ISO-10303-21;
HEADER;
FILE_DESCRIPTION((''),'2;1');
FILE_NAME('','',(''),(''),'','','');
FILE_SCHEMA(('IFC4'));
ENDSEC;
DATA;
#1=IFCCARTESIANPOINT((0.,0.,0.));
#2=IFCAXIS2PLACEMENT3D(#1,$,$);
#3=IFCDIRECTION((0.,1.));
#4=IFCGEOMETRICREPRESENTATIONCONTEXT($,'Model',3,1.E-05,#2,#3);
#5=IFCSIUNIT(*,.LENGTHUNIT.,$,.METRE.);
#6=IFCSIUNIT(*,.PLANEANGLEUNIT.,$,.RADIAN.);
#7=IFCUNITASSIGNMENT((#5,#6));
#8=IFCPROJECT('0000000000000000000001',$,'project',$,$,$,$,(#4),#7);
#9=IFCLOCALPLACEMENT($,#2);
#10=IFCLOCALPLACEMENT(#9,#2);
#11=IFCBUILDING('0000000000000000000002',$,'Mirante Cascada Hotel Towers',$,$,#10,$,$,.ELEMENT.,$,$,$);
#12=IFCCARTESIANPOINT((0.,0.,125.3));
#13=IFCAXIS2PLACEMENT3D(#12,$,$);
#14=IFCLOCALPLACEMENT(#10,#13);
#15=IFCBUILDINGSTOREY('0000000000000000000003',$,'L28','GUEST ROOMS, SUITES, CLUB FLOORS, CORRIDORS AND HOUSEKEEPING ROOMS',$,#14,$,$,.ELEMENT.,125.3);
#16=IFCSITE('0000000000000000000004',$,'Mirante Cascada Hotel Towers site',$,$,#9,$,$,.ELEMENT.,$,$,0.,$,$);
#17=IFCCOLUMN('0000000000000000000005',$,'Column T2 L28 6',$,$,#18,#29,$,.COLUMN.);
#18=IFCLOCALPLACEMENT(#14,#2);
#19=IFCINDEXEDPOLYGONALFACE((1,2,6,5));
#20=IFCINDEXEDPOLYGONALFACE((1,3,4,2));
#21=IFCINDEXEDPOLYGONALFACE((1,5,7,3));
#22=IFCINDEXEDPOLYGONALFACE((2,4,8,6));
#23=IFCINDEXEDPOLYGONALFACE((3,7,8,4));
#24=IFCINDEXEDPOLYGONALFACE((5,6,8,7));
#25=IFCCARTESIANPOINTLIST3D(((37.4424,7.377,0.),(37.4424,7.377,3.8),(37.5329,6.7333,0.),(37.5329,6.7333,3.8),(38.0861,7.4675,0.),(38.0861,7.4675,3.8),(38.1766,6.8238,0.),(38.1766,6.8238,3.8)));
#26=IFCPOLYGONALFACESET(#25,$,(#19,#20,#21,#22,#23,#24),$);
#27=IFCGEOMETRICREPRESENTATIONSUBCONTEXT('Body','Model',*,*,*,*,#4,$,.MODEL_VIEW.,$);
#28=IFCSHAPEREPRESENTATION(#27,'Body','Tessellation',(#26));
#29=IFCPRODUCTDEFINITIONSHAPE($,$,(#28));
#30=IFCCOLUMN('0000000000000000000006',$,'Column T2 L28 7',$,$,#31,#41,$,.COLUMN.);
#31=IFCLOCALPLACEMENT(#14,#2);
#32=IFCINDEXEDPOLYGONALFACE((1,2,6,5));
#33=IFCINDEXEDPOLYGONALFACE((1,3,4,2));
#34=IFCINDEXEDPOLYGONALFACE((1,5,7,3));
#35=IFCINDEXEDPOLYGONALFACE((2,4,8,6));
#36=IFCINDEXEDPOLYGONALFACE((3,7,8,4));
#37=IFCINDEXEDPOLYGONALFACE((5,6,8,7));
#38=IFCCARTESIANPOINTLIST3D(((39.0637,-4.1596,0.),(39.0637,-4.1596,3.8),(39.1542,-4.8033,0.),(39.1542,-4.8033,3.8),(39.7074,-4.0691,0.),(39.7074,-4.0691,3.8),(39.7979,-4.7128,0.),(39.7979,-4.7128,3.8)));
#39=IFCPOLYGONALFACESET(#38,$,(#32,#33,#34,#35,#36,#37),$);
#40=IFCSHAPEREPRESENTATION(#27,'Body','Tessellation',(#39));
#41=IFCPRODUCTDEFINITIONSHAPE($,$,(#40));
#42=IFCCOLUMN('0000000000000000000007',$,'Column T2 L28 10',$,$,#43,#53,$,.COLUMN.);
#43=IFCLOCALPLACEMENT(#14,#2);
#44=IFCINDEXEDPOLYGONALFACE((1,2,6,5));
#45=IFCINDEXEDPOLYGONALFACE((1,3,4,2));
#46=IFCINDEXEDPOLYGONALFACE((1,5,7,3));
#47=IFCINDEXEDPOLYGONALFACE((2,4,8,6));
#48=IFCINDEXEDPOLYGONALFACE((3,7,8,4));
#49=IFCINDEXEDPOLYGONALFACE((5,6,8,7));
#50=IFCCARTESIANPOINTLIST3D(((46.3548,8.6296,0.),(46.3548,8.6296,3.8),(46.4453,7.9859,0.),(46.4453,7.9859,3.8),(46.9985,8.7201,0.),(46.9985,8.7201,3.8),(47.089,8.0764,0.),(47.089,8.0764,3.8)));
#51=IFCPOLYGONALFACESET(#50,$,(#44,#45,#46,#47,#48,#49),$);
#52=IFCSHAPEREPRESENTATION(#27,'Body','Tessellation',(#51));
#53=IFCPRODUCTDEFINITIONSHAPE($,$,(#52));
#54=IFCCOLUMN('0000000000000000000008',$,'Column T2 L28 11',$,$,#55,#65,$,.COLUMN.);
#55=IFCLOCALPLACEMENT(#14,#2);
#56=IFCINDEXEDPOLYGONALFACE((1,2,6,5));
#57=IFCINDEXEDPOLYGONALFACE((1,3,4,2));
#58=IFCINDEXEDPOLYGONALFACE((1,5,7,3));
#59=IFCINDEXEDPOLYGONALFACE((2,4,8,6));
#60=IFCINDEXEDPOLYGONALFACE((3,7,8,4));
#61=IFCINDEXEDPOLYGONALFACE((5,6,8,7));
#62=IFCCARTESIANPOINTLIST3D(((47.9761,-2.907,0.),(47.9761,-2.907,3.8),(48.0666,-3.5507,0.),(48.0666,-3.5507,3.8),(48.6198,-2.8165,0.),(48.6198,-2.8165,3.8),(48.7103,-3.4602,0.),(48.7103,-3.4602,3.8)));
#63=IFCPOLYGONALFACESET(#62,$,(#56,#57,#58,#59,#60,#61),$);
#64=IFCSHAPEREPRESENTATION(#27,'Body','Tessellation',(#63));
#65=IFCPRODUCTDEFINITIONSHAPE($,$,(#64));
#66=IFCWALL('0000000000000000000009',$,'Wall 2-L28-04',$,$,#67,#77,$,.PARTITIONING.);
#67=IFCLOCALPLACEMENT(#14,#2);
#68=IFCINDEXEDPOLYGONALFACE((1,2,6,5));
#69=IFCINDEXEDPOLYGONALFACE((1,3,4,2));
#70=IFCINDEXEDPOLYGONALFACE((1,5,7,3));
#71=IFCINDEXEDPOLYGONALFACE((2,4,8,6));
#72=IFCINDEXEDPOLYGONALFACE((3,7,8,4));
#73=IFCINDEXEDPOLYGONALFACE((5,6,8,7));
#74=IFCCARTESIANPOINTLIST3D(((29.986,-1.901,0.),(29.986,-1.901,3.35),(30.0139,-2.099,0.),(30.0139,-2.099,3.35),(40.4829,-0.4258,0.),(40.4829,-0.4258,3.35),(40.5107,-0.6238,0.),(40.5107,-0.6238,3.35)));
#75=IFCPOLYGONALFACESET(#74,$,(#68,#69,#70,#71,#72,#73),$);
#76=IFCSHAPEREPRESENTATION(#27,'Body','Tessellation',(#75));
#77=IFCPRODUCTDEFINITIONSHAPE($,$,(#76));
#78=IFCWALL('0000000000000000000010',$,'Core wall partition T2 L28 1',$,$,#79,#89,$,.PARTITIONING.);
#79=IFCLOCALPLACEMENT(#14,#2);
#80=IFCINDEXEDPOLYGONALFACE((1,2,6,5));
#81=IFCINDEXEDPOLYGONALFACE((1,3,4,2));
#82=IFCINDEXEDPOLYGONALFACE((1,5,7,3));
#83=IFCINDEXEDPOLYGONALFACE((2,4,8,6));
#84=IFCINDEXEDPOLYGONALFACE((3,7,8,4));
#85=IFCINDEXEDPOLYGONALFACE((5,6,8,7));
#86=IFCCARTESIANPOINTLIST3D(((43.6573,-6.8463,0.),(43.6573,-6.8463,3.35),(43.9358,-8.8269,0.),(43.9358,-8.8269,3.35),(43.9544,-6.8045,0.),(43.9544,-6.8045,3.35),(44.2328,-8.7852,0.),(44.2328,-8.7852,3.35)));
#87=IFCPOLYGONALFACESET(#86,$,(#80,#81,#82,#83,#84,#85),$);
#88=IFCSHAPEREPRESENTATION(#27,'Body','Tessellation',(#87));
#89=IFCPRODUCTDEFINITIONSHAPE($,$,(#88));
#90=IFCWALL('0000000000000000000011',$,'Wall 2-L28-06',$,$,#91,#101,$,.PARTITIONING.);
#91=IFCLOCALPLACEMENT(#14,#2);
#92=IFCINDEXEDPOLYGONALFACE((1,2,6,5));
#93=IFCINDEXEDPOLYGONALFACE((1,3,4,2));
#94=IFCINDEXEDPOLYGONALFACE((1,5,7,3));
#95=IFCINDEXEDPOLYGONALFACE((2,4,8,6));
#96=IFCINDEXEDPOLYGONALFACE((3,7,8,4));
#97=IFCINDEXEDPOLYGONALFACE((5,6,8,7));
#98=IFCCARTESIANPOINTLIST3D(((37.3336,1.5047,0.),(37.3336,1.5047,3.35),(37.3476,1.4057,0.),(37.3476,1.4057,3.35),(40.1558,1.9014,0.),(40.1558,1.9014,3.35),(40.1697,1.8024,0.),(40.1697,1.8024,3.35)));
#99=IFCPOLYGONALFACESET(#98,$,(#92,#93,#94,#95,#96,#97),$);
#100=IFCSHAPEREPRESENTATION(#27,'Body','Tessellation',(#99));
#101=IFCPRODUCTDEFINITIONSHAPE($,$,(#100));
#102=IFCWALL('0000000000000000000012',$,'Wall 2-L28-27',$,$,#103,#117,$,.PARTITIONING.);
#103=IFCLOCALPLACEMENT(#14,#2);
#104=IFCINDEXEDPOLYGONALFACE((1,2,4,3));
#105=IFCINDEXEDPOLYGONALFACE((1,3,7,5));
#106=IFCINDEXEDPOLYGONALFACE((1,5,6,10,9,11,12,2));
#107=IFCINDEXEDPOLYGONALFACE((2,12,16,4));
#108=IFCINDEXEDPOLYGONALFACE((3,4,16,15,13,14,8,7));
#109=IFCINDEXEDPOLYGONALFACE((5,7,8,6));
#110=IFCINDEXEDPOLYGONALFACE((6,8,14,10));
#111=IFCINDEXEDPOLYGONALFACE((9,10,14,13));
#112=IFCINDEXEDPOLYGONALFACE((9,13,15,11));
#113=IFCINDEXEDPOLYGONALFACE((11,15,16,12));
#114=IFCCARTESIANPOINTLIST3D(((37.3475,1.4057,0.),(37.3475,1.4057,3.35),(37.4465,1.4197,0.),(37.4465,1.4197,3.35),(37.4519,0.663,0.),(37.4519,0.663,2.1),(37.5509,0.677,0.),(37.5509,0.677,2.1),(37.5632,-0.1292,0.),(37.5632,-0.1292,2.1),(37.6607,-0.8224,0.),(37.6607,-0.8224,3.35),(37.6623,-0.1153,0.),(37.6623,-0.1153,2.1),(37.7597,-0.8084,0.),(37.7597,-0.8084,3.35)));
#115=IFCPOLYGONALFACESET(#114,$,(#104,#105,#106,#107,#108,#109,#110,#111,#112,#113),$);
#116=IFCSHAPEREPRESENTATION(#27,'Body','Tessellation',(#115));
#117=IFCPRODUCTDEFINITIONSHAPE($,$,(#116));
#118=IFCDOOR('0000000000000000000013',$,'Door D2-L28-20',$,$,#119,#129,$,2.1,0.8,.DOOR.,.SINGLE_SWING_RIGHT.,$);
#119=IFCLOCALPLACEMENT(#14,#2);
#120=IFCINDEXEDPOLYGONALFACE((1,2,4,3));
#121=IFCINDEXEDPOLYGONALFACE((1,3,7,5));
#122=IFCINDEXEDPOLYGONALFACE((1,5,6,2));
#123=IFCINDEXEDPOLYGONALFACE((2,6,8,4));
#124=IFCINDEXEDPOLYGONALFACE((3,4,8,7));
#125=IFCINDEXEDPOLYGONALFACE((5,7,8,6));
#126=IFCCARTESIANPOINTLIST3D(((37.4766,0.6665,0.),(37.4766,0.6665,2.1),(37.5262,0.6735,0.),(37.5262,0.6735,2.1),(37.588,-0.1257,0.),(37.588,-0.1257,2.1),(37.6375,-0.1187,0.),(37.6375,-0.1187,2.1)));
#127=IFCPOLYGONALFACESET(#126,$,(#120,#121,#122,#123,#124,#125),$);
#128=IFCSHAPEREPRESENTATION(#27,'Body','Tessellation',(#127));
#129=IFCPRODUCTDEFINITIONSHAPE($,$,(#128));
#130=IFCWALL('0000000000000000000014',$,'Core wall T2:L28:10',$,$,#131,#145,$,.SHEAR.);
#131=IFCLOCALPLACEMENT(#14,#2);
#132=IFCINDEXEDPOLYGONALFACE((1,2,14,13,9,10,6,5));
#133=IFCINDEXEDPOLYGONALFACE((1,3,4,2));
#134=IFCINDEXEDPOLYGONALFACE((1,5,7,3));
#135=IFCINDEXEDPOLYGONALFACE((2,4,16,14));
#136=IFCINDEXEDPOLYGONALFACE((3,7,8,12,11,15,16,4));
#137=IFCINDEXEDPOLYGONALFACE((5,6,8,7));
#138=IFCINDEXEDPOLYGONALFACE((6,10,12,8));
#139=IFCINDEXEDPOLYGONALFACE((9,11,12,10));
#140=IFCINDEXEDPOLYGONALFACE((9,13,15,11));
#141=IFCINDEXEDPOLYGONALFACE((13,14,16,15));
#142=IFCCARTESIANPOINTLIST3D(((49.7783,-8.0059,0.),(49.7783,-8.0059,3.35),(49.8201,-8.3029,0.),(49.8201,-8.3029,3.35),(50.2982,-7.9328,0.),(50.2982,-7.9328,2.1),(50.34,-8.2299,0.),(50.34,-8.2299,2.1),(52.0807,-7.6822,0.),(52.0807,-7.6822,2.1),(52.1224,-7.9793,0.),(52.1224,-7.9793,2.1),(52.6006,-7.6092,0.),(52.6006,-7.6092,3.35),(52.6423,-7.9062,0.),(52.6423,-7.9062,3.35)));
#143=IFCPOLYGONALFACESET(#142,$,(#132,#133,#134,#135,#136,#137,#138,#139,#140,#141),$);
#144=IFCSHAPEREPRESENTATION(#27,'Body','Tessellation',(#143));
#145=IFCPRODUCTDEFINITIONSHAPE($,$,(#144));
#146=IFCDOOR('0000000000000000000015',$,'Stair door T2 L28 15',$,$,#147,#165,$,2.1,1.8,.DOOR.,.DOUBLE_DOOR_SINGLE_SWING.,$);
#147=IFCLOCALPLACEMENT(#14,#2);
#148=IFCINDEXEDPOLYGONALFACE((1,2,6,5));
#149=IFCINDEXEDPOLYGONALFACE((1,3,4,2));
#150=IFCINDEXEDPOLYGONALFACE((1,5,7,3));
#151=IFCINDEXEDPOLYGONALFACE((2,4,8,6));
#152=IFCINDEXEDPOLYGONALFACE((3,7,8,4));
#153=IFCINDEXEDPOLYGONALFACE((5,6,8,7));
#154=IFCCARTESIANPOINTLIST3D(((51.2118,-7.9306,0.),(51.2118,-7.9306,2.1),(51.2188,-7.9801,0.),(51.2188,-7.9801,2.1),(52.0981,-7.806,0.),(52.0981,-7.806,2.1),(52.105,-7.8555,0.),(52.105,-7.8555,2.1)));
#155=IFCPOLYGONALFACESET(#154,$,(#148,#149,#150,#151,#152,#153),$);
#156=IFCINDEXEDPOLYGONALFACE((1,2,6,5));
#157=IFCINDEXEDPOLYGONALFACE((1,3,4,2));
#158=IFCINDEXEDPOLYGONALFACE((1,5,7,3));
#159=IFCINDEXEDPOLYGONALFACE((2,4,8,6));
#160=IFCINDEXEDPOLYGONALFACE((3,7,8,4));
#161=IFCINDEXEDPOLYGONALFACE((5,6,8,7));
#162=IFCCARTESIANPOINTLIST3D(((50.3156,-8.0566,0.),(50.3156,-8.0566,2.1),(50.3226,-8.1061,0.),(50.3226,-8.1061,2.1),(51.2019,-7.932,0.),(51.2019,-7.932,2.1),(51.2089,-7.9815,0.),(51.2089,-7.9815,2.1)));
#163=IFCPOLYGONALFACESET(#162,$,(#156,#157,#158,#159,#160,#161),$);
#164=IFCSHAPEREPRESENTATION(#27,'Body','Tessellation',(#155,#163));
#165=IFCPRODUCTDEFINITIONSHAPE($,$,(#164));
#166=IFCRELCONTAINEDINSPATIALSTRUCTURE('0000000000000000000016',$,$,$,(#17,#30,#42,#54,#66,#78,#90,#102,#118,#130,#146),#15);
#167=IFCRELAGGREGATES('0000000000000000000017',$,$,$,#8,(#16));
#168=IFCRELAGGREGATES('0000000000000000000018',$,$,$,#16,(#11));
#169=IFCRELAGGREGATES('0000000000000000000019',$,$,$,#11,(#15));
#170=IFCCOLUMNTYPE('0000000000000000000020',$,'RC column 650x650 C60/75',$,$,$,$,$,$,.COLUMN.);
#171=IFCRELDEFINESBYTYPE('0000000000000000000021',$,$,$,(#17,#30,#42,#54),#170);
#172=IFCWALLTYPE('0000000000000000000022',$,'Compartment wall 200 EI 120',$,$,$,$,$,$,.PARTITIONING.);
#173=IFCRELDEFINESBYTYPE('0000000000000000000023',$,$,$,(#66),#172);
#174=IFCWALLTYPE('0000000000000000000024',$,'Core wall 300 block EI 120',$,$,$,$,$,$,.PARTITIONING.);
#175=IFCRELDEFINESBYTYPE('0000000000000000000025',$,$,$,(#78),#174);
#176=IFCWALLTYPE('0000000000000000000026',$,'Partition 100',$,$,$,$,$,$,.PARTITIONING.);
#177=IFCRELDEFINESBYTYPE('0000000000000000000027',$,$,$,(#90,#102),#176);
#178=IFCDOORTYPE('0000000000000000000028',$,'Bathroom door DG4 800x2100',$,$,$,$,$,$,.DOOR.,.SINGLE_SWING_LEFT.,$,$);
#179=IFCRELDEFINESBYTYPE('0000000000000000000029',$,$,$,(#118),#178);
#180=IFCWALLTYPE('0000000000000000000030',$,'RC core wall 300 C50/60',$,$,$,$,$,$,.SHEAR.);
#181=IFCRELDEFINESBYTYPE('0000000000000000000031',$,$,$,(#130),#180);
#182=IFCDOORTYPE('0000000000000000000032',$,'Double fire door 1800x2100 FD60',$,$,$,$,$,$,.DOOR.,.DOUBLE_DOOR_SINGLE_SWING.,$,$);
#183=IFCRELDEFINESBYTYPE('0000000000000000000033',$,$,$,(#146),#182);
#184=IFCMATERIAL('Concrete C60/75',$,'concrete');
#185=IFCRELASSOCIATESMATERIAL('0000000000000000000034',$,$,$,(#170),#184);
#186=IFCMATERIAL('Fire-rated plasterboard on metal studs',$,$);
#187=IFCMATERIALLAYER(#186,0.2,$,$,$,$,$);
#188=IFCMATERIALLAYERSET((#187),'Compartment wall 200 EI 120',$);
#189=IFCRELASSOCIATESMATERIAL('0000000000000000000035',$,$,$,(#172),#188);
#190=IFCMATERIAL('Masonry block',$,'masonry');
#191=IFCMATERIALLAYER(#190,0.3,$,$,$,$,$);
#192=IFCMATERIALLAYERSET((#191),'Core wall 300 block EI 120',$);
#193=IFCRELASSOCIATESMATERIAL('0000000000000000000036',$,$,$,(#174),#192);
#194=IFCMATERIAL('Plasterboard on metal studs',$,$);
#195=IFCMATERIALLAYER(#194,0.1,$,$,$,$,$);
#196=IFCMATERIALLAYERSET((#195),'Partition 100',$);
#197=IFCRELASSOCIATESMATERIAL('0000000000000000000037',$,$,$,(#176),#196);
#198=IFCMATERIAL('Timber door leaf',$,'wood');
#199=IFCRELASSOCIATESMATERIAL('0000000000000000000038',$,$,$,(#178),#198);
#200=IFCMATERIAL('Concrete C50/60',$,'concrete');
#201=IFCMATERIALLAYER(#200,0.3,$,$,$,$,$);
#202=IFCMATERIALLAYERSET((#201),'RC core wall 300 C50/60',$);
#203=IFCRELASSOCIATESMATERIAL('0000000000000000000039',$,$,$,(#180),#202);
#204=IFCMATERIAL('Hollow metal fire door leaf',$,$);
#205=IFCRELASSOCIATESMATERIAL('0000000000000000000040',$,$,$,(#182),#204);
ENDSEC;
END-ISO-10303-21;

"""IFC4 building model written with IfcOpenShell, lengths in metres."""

from ifc_helpers import new_model, si_unit, direction, frame, frame_2d, origin, origin_2d, place, context, subcontext, project, spatial, rectangle, extrude, material, layer, layer_set, material_profile, profile_set, type_object, element, fill, save


model = new_model("IFC4")

# Units and contexts
model_context = context("Model", 3, precision=1e-05, world=origin(), true_north=direction((0.0, 1.0)))
body_context = subcontext(model_context, "Body", "Model", "MODEL_VIEW")
ifc_project = project(units=[si_unit("LENGTHUNIT", "METRE"), si_unit("PLANEANGLEUNIT", "RADIAN")], contexts=[model_context])

# Site, building, storey
site_placement = place(None, origin())
site = spatial("IfcSite", under=ifc_project, at=site_placement, Name="Mirante Cascada Hotel Towers site", CompositionType="ELEMENT", RefElevation=0.0)
building_placement = place(site_placement, origin())
building = spatial("IfcBuilding", under=site, at=building_placement, Name="Mirante Cascada Hotel Towers", CompositionType="ELEMENT")
storey_placement = place(building_placement, frame((0.0, 0.0, 125.3)))
storey = spatial("IfcBuildingStorey", under=building, at=storey_placement, Name="L28", Description="GUEST ROOMS, SUITES, CLUB FLOORS, CORRIDORS AND HOUSEKEEPING ROOMS", CompositionType="ELEMENT", Elevation=125.3)

# Columns
ifc_material_1 = material(Name="Concrete C60/75", Category="concrete")
ifc_material_profile = material_profile(ifc_material_1, rectangle(XDim=0.65, YDim=0.65, at=origin_2d()), Name="RC column 650x650 C60/75")
ifc_profile_set = profile_set([ifc_material_profile], Name="Concrete C60/75")
column_type = type_object("IfcColumnType", Name="RC column 650x650 C60/75", PredefinedType="COLUMN", material=ifc_profile_set)
for number, where, z_axis, x_axis, name in (
    (1, (37.8095, 7.1004, 0.0), (0.0, 0.0, 1.0), (0.990268, 0.139173, 0.0), "Column T2 L28 6"),
    (2, (39.4308, -4.4362, 0.0), (0.0, 0.0, 1.0), (0.990268, 0.139173, 0.0), "Column T2 L28 7"),
    (3, (46.7219, 8.353, 0.0), (0.0, 0.0, 1.0), (0.990268, 0.139173, 0.0), "Column T2 L28 10"),
    (4, (48.3432, -3.1836, 0.0), (0.0, 0.0, 1.0), (0.990268, 0.139173, 0.0), "Column T2 L28 11"),
):
    element("IfcColumn", number, at=place(storey_placement, frame(where, z_axis=z_axis, x_axis=x_axis)), inside=storey, type_object=column_type, Name=name, PredefinedType="COLUMN", context=body_context, shape_type="SweptSolid", body=[
        extrude(rectangle(XDim=0.65, YDim=0.65, at=origin_2d()), origin(), (0.0, 0.0, 1.0), 3.8),
    ])

# Walls
ifc_material_2 = material(Name="Fire-rated plasterboard on metal studs")
ifc_layer_1 = layer(ifc_material_2, 0.2)
ifc_layer_set_1 = layer_set([ifc_layer_1], Name="Compartment wall 200 EI 120")
wall_type_1 = type_object("IfcWallType", Name="Compartment wall 200 EI 120", PredefinedType="PARTITIONING", material=ifc_layer_set_1)
wall_1_placement = place(storey_placement, frame((40.4968, -0.5248, 0.0), z_axis=(0.0, 0.0, 1.0), x_axis=(-0.990268, -0.13917, 0.0)))
element("IfcWall", 5, at=wall_1_placement, inside=storey, type_object=wall_type_1, Name="Wall 2-L28-04", PredefinedType="PARTITIONING", context=body_context, shape_type="SweptSolid", body=[
    extrude(rectangle(XDim=10.6, YDim=0.2, at=frame_2d((5.3, 0.0))), origin(), (0.0, 0.0, 1.0), 3.35),
])
ifc_material_3 = material(Name="Masonry block", Category="masonry")
ifc_layer_2 = layer(ifc_material_3, 0.3)
ifc_layer_set_2 = layer_set([ifc_layer_2], Name="Core wall 300 block EI 120")
wall_type_2 = type_object("IfcWallType", Name="Core wall 300 block EI 120", PredefinedType="PARTITIONING", material=ifc_layer_set_2)
wall_2_placement = place(storey_placement, frame((44.0843, -8.8061, 0.0), z_axis=(0.0, 0.0, 1.0), x_axis=(-0.139195, 0.990265, 0.0)))
element("IfcWall", 6, at=wall_2_placement, inside=storey, type_object=wall_type_2, Name="Core wall partition T2 L28 1", PredefinedType="PARTITIONING", context=body_context, shape_type="SweptSolid", body=[
    extrude(rectangle(XDim=2.0001, YDim=0.3, at=frame_2d((1.0001, 0.0))), origin(), (0.0, 0.0, 1.0), 3.35),
])
ifc_material_4 = material(Name="Plasterboard on metal studs")
ifc_layer_3 = layer(ifc_material_4, 0.1)
ifc_layer_set_3 = layer_set([ifc_layer_3], Name="Partition 100")
wall_type_3 = type_object("IfcWallType", Name="Partition 100", PredefinedType="PARTITIONING", material=ifc_layer_set_3)
wall_3_placement = place(storey_placement, frame((40.1628, 1.8519, 0.0), z_axis=(0.0, 0.0, 1.0), x_axis=(-0.990265, -0.139196, 0.0)))
element("IfcWall", 7, at=wall_3_placement, inside=storey, type_object=wall_type_3, Name="Wall 2-L28-06", PredefinedType="PARTITIONING", context=body_context, shape_type="SweptSolid", body=[
    extrude(rectangle(XDim=2.8499, YDim=0.1, at=frame_2d((1.425, 0.0))), origin(), (0.0, 0.0, 1.0), 3.35),
])

# Walls, openings, doors
wall_4_placement = place(storey_placement, frame((37.7102, -0.8154, 0.0), z_axis=(0.0, 0.0, 1.0), x_axis=(-0.1392, 0.990264, 0.0)))
wall_4 = element("IfcWall", 8, at=wall_4_placement, inside=storey, type_object=wall_type_3, Name="Wall 2-L28-27", PredefinedType="PARTITIONING", context=body_context, shape_type="SweptSolid", body=[
    extrude(rectangle(XDim=2.25, YDim=0.1, at=frame_2d((1.125, 0.0))), origin(), (0.0, 0.0, 1.0), 3.35),
])
opening_1_placement = place(wall_4_placement, frame((0.7, 0.0, 0.0)))
opening_1 = element("IfcOpeningElement", 9, at=opening_1_placement, cuts=wall_4, PredefinedType="OPENING", context=body_context, shape_type="SweptSolid", body=[
    extrude(rectangle(XDim=0.8, YDim=2.1, at=frame_2d((0.4, 1.05))), frame((0.0, 0.05, 0.0), z_axis=(0.0, -1.0, 0.0), x_axis=(1.0, 0.0, 0.0)), (0.0, 0.0, 1.0), 0.1),
])
ifc_material_5 = material(Name="Timber door leaf", Category="wood")
door_type_1 = type_object("IfcDoorType", Name="Bathroom door DG4 800x2100", OperationType="SINGLE_SWING_LEFT", PredefinedType="DOOR", material=ifc_material_5)
door_1_placement = place(opening_1_placement, frame((0.8, 0.0, 0.0), z_axis=(0.0, 0.0, 1.0), x_axis=(-1.0, 0.0, 0.0)))
door_1 = element("IfcDoor", 10, at=door_1_placement, inside=storey, type_object=door_type_1, Name="Door D2-L28-20", OperationType="SINGLE_SWING_RIGHT", OverallHeight=2.1, OverallWidth=0.8, PredefinedType="DOOR", context=body_context, shape_type="SweptSolid", body=[
    extrude(rectangle(XDim=0.8, YDim=2.1, at=frame_2d((0.4, 1.05))), frame((0.0, 0.025, 0.0), z_axis=(0.0, -1.0, 0.0), x_axis=(1.0, 0.0, 0.0)), (0.0, 0.0, 1.0), 0.05),
])
fill(opening_1, door_1)
ifc_material_6 = material(Name="Concrete C50/60", Category="concrete")
ifc_layer_4 = layer(ifc_material_6, 0.3)
ifc_layer_set_4 = layer_set([ifc_layer_4], Name="RC core wall 300 C50/60")
wall_type_4 = type_object("IfcWallType", Name="RC core wall 300 C50/60", PredefinedType="SHEAR", material=ifc_layer_set_4)
wall_5_placement = place(storey_placement, frame((49.7992, -8.1544, 0.0), z_axis=(0.0, 0.0, 1.0), x_axis=(0.990266, 0.139191, 0.0)))
wall_5 = element("IfcWall", 11, at=wall_5_placement, inside=storey, type_object=wall_type_4, Name="Core wall T2:L28:10", PredefinedType="SHEAR", context=body_context, shape_type="SweptSolid", body=[
    extrude(rectangle(XDim=2.85, YDim=0.3, at=frame_2d((1.425, 0.0))), origin(), (0.0, 0.0, 1.0), 3.35),
])
opening_2_placement = place(wall_5_placement, frame((0.525, 0.0, 0.0)))
opening_2 = element("IfcOpeningElement", 12, at=opening_2_placement, cuts=wall_5, PredefinedType="OPENING", context=body_context, shape_type="SweptSolid", body=[
    extrude(rectangle(XDim=1.8, YDim=2.1, at=frame_2d((0.9, 1.05))), frame((0.0, 0.15, 0.0), z_axis=(0.0, -1.0, 0.0), x_axis=(1.0, 0.0, 0.0)), (0.0, 0.0, 1.0), 0.3),
])
ifc_material_7 = material(Name="Hollow metal fire door leaf")
door_type_2 = type_object("IfcDoorType", Name="Double fire door 1800x2100 FD60", OperationType="DOUBLE_DOOR_SINGLE_SWING", PredefinedType="DOOR", material=ifc_material_7)
door_2_placement = place(opening_2_placement, frame((1.8, 0.0, 0.0), z_axis=(0.0, 0.0, 1.0), x_axis=(-1.0, 0.0, 0.0)))
door_2 = element("IfcDoor", 13, at=door_2_placement, inside=storey, type_object=door_type_2, Name="Stair door T2 L28 15", OperationType="DOUBLE_DOOR_SINGLE_SWING", OverallHeight=2.1, OverallWidth=1.8, PredefinedType="DOOR", context=body_context, shape_type="SweptSolid", body=[
    extrude(rectangle(XDim=0.895, YDim=2.1, at=frame_2d((0.4475, 1.05))), frame((0.0, 0.025, 0.0), z_axis=(0.0, -1.0, 0.0), x_axis=(1.0, 0.0, 0.0)), (0.0, 0.0, 1.0), 0.05),
    extrude(rectangle(XDim=0.895, YDim=2.1, at=frame_2d((1.3525, 1.05))), frame((0.0, 0.025, 0.0), z_axis=(0.0, -1.0, 0.0), x_axis=(1.0, 0.0, 0.0)), (0.0, 0.0, 1.0), 0.05),
])
fill(opening_2, door_2)

save(model, "model.ifc")
